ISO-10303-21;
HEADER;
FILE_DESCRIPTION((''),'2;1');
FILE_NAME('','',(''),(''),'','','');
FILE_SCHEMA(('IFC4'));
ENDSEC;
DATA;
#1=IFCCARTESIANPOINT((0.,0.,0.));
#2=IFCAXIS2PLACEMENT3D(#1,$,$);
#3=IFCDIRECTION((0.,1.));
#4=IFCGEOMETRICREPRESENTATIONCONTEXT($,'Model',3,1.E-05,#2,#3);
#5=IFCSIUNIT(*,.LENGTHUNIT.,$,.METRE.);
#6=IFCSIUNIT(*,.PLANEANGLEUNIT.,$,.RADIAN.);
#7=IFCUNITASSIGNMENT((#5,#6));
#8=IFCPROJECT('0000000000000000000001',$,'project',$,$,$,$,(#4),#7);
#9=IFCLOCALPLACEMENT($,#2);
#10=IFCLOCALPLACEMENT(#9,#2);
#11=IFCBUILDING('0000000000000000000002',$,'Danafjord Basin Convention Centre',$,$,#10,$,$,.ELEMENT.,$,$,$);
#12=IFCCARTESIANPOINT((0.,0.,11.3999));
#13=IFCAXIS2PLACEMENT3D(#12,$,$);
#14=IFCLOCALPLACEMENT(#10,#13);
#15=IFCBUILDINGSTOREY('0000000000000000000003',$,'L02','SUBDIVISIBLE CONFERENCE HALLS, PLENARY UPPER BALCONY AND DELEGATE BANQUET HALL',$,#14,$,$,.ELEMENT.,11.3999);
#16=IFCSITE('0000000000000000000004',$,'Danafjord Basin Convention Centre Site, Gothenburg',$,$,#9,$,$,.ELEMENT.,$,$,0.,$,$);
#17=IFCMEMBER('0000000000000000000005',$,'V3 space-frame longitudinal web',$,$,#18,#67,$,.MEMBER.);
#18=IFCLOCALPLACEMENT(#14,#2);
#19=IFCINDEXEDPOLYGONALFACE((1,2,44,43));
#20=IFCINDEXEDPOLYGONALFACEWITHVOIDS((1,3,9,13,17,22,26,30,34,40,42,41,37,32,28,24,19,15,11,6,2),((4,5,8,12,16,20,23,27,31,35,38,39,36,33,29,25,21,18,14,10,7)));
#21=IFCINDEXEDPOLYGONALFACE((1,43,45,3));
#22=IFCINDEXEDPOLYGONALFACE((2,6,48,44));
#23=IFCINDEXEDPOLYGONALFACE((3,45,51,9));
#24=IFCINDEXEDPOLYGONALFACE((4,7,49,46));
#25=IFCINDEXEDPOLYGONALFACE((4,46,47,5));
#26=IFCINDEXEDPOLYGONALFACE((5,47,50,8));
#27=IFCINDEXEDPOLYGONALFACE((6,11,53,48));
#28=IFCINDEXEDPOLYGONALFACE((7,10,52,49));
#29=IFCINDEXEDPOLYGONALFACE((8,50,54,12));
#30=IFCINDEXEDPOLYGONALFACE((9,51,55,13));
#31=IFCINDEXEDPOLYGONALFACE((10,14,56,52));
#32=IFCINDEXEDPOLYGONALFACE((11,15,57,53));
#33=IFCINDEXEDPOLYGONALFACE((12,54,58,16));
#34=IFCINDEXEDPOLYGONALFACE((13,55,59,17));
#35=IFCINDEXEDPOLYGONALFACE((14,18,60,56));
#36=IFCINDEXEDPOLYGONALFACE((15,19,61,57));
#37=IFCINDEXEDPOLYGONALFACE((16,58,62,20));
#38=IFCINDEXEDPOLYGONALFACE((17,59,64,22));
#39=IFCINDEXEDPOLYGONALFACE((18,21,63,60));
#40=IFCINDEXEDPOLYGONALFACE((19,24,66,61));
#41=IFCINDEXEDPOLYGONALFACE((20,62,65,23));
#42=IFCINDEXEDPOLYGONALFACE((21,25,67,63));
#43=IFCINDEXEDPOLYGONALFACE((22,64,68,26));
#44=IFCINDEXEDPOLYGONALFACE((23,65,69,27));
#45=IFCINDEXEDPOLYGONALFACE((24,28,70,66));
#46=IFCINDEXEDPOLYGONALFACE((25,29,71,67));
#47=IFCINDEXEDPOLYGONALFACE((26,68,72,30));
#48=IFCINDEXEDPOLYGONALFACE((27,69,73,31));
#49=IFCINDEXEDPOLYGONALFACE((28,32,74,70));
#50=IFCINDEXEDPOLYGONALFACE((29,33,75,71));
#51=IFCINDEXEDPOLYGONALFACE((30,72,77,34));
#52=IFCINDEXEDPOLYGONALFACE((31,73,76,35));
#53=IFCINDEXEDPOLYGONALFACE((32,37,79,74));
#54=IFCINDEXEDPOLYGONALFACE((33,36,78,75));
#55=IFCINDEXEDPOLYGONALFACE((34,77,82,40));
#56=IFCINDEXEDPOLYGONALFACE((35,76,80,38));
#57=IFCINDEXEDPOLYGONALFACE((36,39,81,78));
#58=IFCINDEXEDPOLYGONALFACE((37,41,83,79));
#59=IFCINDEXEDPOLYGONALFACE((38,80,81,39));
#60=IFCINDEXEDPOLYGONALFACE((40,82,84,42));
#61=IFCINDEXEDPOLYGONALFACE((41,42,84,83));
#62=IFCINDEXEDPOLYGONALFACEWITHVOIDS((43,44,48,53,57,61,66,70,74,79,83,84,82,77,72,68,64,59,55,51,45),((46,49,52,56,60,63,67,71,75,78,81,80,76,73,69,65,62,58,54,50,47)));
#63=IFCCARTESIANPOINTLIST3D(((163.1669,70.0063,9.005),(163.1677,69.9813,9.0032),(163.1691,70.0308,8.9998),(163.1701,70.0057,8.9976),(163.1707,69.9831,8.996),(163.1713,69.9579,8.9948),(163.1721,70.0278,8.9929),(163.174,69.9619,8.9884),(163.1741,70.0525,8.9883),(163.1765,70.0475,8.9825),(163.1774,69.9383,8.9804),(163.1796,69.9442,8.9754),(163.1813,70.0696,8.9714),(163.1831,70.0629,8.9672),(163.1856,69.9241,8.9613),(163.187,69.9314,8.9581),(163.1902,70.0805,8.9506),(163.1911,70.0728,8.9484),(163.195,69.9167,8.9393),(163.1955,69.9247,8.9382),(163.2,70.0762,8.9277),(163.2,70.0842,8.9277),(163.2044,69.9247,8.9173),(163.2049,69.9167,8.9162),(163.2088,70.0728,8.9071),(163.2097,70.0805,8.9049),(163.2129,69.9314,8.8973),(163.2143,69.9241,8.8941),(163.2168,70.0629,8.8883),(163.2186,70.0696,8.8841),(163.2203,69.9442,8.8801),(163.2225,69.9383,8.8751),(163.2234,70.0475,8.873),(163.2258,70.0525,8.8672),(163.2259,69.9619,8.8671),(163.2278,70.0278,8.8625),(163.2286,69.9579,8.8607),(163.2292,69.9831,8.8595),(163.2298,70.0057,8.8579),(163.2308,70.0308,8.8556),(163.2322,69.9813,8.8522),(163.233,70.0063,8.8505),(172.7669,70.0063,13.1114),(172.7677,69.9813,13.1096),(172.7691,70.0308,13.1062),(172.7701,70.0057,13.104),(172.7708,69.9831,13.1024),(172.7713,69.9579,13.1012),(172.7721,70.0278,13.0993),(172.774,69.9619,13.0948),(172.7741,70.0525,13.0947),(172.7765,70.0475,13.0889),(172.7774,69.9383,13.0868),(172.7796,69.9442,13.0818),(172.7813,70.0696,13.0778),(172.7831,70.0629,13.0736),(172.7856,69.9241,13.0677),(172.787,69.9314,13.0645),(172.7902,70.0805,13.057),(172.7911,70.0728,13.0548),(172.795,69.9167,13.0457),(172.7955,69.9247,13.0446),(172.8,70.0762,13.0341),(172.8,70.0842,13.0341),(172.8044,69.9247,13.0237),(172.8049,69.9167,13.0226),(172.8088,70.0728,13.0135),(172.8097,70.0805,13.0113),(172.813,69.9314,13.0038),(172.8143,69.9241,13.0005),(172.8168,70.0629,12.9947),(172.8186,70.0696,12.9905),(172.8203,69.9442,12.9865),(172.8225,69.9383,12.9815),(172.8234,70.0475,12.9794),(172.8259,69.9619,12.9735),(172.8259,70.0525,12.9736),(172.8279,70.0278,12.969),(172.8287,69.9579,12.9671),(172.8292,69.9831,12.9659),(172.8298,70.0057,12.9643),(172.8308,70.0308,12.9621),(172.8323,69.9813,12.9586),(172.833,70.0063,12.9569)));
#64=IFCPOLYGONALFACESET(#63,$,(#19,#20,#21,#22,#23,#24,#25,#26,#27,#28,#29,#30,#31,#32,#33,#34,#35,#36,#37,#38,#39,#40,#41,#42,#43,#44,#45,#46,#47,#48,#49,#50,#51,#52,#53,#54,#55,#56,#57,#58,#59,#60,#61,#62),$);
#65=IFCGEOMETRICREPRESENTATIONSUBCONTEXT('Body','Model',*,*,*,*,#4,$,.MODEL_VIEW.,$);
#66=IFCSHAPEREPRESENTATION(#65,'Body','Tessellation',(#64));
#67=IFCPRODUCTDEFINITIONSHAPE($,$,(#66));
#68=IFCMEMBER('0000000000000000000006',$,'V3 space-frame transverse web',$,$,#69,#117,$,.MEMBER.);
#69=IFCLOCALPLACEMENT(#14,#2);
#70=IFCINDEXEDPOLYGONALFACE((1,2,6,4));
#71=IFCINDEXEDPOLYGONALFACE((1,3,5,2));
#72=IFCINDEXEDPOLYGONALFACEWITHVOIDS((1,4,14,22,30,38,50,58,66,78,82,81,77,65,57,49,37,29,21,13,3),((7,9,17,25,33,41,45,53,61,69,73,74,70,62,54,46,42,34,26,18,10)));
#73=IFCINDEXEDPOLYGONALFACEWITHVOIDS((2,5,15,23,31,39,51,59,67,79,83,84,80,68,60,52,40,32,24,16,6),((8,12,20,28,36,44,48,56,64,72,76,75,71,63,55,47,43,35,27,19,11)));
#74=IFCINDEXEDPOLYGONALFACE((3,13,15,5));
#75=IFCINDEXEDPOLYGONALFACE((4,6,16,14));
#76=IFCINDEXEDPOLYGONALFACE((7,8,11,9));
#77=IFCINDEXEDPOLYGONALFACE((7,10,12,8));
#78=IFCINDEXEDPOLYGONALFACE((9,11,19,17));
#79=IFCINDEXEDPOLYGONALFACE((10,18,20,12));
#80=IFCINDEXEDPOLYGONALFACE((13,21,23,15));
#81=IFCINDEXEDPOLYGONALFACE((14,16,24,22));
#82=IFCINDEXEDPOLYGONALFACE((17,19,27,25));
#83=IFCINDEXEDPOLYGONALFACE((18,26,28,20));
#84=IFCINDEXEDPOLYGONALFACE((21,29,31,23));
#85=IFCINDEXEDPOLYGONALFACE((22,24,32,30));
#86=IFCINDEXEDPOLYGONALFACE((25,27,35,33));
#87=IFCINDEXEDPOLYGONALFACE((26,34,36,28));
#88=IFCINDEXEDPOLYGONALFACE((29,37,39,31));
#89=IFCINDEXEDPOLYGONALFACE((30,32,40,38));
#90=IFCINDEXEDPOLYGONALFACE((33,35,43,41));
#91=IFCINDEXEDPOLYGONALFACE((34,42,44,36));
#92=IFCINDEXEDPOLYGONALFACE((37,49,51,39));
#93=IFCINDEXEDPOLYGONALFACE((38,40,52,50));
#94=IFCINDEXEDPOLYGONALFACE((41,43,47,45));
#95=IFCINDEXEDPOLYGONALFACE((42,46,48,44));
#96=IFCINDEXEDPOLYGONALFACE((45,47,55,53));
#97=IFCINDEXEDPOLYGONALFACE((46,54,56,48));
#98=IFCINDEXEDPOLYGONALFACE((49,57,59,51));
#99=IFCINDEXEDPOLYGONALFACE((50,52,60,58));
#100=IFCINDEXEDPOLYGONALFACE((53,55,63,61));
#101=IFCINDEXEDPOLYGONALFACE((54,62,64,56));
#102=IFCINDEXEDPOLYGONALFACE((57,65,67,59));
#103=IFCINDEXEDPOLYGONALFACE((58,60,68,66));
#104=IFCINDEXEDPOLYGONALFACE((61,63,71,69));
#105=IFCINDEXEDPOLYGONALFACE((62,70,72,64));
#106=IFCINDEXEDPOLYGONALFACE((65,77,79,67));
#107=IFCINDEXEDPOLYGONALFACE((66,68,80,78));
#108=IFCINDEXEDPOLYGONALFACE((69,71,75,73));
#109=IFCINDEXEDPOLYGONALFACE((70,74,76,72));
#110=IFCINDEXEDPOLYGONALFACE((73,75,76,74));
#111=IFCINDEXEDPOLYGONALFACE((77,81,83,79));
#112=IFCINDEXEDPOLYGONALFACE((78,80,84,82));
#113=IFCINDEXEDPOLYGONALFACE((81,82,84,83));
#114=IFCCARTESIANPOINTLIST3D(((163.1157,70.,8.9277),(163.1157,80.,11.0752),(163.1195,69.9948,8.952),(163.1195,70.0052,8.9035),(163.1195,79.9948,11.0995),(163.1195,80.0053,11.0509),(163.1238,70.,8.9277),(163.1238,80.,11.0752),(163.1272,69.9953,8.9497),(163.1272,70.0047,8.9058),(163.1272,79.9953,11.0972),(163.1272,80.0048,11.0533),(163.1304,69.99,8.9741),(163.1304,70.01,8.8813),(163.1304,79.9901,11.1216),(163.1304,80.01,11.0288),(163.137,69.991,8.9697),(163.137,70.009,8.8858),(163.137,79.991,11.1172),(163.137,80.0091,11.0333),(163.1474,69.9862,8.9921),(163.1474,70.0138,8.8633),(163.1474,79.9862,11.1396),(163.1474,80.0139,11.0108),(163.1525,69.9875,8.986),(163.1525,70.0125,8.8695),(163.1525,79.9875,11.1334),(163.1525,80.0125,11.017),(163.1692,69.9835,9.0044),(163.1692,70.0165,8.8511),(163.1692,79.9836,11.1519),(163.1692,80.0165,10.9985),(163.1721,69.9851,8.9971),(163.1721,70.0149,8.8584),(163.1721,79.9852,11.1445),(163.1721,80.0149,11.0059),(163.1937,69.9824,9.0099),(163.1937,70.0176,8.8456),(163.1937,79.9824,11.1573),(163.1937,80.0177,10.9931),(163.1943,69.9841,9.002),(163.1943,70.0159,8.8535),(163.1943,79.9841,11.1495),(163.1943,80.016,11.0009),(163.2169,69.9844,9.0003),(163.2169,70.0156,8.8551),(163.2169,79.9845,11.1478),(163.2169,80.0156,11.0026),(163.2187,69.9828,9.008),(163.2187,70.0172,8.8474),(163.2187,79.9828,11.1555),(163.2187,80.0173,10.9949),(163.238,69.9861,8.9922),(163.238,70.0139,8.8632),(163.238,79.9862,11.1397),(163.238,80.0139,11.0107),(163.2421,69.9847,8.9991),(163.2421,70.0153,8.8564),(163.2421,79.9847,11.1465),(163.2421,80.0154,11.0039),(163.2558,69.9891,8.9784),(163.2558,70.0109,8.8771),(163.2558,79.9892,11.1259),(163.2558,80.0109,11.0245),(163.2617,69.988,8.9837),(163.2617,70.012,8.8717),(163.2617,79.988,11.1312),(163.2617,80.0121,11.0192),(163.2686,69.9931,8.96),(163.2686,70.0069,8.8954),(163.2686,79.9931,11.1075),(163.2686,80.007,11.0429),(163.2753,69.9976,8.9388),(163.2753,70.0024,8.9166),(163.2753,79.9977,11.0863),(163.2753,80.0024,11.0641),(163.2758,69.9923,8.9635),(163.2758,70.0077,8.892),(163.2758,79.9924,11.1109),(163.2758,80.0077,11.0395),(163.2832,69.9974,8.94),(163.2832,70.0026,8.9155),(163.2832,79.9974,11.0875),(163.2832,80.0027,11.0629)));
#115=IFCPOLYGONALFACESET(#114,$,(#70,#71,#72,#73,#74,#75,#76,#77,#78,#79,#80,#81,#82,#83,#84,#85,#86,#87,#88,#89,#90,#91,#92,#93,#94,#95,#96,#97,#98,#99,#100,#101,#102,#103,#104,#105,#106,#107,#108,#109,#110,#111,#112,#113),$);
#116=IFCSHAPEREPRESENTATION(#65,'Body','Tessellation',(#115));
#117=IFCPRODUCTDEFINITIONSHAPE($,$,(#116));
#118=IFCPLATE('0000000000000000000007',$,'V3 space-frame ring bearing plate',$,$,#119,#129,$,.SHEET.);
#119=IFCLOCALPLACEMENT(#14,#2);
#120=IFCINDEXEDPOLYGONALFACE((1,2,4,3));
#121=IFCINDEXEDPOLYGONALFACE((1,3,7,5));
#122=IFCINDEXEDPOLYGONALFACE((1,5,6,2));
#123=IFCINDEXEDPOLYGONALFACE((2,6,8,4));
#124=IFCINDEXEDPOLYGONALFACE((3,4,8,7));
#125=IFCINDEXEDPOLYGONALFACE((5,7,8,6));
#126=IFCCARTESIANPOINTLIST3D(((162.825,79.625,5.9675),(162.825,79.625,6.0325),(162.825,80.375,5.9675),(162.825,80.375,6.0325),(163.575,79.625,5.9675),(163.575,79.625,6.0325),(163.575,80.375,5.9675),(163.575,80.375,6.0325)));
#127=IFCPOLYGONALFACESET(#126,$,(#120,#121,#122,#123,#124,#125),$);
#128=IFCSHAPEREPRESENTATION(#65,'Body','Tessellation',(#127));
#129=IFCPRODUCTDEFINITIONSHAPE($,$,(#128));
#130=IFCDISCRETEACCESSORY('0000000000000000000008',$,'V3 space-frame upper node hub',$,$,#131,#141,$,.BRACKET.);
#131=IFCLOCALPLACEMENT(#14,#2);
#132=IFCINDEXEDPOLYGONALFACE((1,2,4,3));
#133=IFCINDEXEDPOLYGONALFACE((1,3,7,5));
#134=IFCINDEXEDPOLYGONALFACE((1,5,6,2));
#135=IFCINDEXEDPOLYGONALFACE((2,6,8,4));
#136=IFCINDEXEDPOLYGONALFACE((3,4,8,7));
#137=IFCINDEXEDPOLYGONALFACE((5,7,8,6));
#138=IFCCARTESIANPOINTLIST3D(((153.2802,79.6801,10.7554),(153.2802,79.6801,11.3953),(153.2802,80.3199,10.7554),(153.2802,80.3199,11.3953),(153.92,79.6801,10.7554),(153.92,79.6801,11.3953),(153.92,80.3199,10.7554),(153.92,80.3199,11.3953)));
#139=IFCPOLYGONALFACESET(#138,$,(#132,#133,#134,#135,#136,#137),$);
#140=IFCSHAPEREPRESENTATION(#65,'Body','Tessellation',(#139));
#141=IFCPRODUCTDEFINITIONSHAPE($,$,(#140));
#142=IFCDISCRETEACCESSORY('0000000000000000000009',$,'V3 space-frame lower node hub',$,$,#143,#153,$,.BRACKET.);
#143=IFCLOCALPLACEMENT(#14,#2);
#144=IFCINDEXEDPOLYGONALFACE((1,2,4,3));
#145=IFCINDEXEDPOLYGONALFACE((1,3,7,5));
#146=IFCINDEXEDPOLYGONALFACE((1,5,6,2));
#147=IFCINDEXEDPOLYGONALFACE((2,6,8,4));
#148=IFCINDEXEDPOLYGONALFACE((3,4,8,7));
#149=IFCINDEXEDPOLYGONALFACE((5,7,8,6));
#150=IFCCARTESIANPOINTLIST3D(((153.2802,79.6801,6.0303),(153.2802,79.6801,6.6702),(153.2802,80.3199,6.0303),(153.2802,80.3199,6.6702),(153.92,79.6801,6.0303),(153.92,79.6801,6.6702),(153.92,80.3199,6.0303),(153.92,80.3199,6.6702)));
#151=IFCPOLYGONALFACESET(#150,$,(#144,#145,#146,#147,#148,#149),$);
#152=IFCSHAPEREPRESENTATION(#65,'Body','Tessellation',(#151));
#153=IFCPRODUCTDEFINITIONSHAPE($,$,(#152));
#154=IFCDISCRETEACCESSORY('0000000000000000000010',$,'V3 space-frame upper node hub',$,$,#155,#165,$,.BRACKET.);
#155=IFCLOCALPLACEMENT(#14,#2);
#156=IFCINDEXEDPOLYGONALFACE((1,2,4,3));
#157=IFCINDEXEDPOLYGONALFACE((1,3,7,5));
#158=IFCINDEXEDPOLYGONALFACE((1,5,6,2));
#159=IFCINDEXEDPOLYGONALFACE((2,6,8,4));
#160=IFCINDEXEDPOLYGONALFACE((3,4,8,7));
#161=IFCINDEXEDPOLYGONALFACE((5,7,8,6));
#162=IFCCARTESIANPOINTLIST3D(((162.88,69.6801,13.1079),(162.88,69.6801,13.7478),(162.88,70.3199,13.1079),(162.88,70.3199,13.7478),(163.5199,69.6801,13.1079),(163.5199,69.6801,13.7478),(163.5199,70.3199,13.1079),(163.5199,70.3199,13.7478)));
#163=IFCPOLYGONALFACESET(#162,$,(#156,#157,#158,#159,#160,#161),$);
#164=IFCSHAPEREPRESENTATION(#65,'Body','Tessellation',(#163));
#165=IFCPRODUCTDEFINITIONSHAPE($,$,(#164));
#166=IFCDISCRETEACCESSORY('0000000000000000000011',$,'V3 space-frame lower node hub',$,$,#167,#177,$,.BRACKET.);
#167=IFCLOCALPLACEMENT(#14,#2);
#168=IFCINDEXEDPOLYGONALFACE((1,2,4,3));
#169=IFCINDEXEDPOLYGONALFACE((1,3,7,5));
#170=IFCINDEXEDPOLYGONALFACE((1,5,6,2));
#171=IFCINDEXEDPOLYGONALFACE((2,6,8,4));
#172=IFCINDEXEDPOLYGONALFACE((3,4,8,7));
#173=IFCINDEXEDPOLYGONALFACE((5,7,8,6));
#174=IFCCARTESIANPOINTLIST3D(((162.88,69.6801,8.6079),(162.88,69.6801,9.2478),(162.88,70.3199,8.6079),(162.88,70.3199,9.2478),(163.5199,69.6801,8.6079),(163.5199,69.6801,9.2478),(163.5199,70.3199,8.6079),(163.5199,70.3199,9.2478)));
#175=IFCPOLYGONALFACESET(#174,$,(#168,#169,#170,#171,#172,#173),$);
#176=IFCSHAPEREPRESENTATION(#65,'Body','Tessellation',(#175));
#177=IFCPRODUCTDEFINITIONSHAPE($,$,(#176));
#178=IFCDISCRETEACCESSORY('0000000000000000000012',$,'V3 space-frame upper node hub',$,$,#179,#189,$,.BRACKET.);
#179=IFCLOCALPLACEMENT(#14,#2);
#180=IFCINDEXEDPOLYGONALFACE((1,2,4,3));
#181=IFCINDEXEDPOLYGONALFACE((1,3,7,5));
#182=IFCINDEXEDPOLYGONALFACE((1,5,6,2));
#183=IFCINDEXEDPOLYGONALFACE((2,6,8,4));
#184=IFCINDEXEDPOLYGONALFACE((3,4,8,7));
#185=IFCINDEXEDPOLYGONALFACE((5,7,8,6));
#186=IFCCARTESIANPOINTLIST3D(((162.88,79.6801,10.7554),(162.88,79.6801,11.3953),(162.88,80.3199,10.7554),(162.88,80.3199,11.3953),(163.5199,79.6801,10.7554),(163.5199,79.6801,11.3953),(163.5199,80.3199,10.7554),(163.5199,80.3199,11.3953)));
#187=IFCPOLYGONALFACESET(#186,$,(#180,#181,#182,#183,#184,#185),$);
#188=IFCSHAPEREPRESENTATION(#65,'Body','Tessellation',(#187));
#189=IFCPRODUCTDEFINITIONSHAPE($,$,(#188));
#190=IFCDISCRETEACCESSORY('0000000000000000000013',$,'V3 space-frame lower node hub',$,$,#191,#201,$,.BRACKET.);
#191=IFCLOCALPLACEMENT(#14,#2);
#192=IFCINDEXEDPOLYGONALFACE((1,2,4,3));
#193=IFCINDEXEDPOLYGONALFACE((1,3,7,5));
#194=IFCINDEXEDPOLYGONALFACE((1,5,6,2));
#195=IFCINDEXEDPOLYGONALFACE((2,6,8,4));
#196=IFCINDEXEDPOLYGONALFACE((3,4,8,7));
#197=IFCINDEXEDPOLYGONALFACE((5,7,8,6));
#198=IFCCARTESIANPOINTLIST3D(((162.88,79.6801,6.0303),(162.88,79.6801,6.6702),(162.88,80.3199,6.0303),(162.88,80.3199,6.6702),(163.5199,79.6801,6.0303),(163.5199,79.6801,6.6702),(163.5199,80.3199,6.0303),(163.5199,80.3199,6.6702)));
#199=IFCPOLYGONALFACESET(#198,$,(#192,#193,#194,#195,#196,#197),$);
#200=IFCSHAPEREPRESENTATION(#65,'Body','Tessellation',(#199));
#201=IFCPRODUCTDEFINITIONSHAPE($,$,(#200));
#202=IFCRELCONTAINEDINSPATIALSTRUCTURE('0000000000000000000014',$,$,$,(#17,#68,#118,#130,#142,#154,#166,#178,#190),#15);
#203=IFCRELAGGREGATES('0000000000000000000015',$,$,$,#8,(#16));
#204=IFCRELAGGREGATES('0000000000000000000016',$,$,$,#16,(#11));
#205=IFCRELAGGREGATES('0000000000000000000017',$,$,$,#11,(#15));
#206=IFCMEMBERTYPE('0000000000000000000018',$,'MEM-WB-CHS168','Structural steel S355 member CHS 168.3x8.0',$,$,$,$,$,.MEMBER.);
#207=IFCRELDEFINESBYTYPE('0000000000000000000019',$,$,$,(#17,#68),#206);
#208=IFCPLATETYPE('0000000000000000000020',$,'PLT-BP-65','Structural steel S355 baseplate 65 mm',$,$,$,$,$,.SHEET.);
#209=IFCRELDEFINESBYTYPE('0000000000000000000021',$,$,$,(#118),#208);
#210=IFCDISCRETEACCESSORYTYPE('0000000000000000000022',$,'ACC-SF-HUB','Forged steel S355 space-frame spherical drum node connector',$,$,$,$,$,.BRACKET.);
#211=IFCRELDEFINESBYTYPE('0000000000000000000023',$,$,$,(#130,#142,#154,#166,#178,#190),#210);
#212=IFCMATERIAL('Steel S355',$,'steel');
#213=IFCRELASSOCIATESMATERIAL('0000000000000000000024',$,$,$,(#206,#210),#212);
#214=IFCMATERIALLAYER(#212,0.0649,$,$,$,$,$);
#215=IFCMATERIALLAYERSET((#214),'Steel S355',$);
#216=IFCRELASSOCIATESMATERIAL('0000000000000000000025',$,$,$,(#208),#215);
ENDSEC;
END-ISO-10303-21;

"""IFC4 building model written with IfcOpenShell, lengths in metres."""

from ifc_helpers import new_model, si_unit, direction, frame, origin, origin_2d, place, context, subcontext, project, spatial, rectangle, hollow_circle, extrude, material, layer, layer_set, material_profile, profile_set, type_object, element, save


model = new_model("IFC4")

# Units and contexts
model_context = context("Model", 3, precision=1e-05, world=origin(), true_north=direction((0.0, 1.0)))
body_context = subcontext(model_context, "Body", "Model", "MODEL_VIEW")
ifc_project = project(units=[si_unit("LENGTHUNIT", "METRE"), si_unit("PLANEANGLEUNIT", "RADIAN")], contexts=[model_context])

# Site, building, storey
site_placement = place(None, origin())
site = spatial("IfcSite", under=ifc_project, at=site_placement, Name="Danafjord Basin Convention Centre Site, Gothenburg", CompositionType="ELEMENT", RefElevation=0.0)
building_placement = place(site_placement, origin())
building = spatial("IfcBuilding", under=site, at=building_placement, Name="Danafjord Basin Convention Centre", CompositionType="ELEMENT")
storey_placement = place(building_placement, frame((0.0, 0.0, 11.3999)))
storey = spatial("IfcBuildingStorey", under=building, at=storey_placement, Name="L02", Description="SUBDIVISIBLE CONFERENCE HALLS, PLENARY UPPER BALCONY AND DELEGATE BANQUET HALL", CompositionType="ELEMENT", Elevation=11.3999)

# Shared definitions
ifc_material = material(Name="Steel S355", Category="steel")

# Members
ifc_material_profile_1 = material_profile(ifc_material, hollow_circle(Radius=0.0842, WallThickness=0.0081, at=origin_2d()), Name="CHS 168.3x8.0")
ifc_profile_set_1 = profile_set([ifc_material_profile_1], Name="Steel S355")
member_type_1 = type_object("IfcMemberType", Name="MEM-WB-CHS168", Description="Structural steel S355 member CHS 168.3x8.0", PredefinedType="MEMBER", material=ifc_profile_set_1)
member_1_placement = place(storey_placement, frame((163.2, 70.0, 8.9277), z_axis=(0.919418, 0.0, 0.393281), x_axis=(0.0, 1.0, 0.0)))
element("IfcMember", 1, at=member_1_placement, inside=storey, type_object=member_type_1, Name="V3 space-frame longitudinal web", PredefinedType="MEMBER", context=body_context, shape_type="SweptSolid", body=[
    extrude(hollow_circle(Radius=0.0842, WallThickness=0.0081, at=origin_2d()), origin(), (0.0, 0.0, 1.0), 10.4414),
])
member_2_placement = place(storey_placement, frame((163.2, 70.0, 8.9277), z_axis=(0.0, 0.97771, 0.209959), x_axis=(-1.0, 0.0, 0.0)))
element("IfcMember", 2, at=member_2_placement, inside=storey, type_object=member_type_1, Name="V3 space-frame transverse web", PredefinedType="MEMBER", context=body_context, shape_type="SweptSolid", body=[
    extrude(hollow_circle(Radius=0.0842, WallThickness=0.0081, at=origin_2d()), origin(), (0.0, 0.0, 1.0), 10.228),
])

# Plate
ifc_layer = layer(ifc_material, 0.0649)
ifc_layer_set = layer_set([ifc_layer], Name="Steel S355")
plate_type = type_object("IfcPlateType", Name="PLT-BP-65", Description="Structural steel S355 baseplate 65 mm", PredefinedType="SHEET", material=ifc_layer_set)
plate_placement = place(storey_placement, frame((163.2, 80.0, 5.9675), z_axis=(0.0, 0.0, 1.0), x_axis=(1.0, 0.0, 0.0)))
element("IfcPlate", 3, at=plate_placement, inside=storey, type_object=plate_type, Name="V3 space-frame ring bearing plate", PredefinedType="SHEET", context=body_context, shape_type="SweptSolid", body=[
    extrude(rectangle(XDim=0.75, YDim=0.75, at=origin_2d()), origin(), (0.0, 0.0, 1.0), 0.0649),
])

# Discrete accessories
discrete_accessory_type = type_object("IfcDiscreteAccessoryType", Name="ACC-SF-HUB", Description="Forged steel S355 space-frame spherical drum node connector", PredefinedType="BRACKET", material=ifc_material)
for number, where, z_axis, x_axis, name in (
    (4, (153.6001, 80.0, 10.7554), (0.0, 0.0, 1.0), (1.0, 0.0, 0.0), "V3 space-frame upper node hub"),
    (5, (153.6001, 80.0, 6.0303), (0.0, 0.0, 1.0), (1.0, 0.0, 0.0), "V3 space-frame lower node hub"),
    (6, (163.2, 70.0, 13.1079), (0.0, 0.0, 1.0), (1.0, 0.0, 0.0), "V3 space-frame upper node hub"),
    (7, (163.2, 70.0, 8.6079), (0.0, 0.0, 1.0), (1.0, 0.0, 0.0), "V3 space-frame lower node hub"),
    (8, (163.2, 80.0, 10.7554), (0.0, 0.0, 1.0), (1.0, 0.0, 0.0), "V3 space-frame upper node hub"),
    (9, (163.2, 80.0, 6.0303), (0.0, 0.0, 1.0), (1.0, 0.0, 0.0), "V3 space-frame lower node hub"),
):
    element("IfcDiscreteAccessory", number, at=place(storey_placement, frame(where, z_axis=z_axis, x_axis=x_axis)), inside=storey, type_object=discrete_accessory_type, Name=name, PredefinedType="BRACKET", context=body_context, shape_type="SweptSolid", body=[
        extrude(rectangle(XDim=0.6399, YDim=0.6399, at=origin_2d()), origin(), (0.0, 0.0, 1.0), 0.6399),
    ])

save(model, "model.ifc")
